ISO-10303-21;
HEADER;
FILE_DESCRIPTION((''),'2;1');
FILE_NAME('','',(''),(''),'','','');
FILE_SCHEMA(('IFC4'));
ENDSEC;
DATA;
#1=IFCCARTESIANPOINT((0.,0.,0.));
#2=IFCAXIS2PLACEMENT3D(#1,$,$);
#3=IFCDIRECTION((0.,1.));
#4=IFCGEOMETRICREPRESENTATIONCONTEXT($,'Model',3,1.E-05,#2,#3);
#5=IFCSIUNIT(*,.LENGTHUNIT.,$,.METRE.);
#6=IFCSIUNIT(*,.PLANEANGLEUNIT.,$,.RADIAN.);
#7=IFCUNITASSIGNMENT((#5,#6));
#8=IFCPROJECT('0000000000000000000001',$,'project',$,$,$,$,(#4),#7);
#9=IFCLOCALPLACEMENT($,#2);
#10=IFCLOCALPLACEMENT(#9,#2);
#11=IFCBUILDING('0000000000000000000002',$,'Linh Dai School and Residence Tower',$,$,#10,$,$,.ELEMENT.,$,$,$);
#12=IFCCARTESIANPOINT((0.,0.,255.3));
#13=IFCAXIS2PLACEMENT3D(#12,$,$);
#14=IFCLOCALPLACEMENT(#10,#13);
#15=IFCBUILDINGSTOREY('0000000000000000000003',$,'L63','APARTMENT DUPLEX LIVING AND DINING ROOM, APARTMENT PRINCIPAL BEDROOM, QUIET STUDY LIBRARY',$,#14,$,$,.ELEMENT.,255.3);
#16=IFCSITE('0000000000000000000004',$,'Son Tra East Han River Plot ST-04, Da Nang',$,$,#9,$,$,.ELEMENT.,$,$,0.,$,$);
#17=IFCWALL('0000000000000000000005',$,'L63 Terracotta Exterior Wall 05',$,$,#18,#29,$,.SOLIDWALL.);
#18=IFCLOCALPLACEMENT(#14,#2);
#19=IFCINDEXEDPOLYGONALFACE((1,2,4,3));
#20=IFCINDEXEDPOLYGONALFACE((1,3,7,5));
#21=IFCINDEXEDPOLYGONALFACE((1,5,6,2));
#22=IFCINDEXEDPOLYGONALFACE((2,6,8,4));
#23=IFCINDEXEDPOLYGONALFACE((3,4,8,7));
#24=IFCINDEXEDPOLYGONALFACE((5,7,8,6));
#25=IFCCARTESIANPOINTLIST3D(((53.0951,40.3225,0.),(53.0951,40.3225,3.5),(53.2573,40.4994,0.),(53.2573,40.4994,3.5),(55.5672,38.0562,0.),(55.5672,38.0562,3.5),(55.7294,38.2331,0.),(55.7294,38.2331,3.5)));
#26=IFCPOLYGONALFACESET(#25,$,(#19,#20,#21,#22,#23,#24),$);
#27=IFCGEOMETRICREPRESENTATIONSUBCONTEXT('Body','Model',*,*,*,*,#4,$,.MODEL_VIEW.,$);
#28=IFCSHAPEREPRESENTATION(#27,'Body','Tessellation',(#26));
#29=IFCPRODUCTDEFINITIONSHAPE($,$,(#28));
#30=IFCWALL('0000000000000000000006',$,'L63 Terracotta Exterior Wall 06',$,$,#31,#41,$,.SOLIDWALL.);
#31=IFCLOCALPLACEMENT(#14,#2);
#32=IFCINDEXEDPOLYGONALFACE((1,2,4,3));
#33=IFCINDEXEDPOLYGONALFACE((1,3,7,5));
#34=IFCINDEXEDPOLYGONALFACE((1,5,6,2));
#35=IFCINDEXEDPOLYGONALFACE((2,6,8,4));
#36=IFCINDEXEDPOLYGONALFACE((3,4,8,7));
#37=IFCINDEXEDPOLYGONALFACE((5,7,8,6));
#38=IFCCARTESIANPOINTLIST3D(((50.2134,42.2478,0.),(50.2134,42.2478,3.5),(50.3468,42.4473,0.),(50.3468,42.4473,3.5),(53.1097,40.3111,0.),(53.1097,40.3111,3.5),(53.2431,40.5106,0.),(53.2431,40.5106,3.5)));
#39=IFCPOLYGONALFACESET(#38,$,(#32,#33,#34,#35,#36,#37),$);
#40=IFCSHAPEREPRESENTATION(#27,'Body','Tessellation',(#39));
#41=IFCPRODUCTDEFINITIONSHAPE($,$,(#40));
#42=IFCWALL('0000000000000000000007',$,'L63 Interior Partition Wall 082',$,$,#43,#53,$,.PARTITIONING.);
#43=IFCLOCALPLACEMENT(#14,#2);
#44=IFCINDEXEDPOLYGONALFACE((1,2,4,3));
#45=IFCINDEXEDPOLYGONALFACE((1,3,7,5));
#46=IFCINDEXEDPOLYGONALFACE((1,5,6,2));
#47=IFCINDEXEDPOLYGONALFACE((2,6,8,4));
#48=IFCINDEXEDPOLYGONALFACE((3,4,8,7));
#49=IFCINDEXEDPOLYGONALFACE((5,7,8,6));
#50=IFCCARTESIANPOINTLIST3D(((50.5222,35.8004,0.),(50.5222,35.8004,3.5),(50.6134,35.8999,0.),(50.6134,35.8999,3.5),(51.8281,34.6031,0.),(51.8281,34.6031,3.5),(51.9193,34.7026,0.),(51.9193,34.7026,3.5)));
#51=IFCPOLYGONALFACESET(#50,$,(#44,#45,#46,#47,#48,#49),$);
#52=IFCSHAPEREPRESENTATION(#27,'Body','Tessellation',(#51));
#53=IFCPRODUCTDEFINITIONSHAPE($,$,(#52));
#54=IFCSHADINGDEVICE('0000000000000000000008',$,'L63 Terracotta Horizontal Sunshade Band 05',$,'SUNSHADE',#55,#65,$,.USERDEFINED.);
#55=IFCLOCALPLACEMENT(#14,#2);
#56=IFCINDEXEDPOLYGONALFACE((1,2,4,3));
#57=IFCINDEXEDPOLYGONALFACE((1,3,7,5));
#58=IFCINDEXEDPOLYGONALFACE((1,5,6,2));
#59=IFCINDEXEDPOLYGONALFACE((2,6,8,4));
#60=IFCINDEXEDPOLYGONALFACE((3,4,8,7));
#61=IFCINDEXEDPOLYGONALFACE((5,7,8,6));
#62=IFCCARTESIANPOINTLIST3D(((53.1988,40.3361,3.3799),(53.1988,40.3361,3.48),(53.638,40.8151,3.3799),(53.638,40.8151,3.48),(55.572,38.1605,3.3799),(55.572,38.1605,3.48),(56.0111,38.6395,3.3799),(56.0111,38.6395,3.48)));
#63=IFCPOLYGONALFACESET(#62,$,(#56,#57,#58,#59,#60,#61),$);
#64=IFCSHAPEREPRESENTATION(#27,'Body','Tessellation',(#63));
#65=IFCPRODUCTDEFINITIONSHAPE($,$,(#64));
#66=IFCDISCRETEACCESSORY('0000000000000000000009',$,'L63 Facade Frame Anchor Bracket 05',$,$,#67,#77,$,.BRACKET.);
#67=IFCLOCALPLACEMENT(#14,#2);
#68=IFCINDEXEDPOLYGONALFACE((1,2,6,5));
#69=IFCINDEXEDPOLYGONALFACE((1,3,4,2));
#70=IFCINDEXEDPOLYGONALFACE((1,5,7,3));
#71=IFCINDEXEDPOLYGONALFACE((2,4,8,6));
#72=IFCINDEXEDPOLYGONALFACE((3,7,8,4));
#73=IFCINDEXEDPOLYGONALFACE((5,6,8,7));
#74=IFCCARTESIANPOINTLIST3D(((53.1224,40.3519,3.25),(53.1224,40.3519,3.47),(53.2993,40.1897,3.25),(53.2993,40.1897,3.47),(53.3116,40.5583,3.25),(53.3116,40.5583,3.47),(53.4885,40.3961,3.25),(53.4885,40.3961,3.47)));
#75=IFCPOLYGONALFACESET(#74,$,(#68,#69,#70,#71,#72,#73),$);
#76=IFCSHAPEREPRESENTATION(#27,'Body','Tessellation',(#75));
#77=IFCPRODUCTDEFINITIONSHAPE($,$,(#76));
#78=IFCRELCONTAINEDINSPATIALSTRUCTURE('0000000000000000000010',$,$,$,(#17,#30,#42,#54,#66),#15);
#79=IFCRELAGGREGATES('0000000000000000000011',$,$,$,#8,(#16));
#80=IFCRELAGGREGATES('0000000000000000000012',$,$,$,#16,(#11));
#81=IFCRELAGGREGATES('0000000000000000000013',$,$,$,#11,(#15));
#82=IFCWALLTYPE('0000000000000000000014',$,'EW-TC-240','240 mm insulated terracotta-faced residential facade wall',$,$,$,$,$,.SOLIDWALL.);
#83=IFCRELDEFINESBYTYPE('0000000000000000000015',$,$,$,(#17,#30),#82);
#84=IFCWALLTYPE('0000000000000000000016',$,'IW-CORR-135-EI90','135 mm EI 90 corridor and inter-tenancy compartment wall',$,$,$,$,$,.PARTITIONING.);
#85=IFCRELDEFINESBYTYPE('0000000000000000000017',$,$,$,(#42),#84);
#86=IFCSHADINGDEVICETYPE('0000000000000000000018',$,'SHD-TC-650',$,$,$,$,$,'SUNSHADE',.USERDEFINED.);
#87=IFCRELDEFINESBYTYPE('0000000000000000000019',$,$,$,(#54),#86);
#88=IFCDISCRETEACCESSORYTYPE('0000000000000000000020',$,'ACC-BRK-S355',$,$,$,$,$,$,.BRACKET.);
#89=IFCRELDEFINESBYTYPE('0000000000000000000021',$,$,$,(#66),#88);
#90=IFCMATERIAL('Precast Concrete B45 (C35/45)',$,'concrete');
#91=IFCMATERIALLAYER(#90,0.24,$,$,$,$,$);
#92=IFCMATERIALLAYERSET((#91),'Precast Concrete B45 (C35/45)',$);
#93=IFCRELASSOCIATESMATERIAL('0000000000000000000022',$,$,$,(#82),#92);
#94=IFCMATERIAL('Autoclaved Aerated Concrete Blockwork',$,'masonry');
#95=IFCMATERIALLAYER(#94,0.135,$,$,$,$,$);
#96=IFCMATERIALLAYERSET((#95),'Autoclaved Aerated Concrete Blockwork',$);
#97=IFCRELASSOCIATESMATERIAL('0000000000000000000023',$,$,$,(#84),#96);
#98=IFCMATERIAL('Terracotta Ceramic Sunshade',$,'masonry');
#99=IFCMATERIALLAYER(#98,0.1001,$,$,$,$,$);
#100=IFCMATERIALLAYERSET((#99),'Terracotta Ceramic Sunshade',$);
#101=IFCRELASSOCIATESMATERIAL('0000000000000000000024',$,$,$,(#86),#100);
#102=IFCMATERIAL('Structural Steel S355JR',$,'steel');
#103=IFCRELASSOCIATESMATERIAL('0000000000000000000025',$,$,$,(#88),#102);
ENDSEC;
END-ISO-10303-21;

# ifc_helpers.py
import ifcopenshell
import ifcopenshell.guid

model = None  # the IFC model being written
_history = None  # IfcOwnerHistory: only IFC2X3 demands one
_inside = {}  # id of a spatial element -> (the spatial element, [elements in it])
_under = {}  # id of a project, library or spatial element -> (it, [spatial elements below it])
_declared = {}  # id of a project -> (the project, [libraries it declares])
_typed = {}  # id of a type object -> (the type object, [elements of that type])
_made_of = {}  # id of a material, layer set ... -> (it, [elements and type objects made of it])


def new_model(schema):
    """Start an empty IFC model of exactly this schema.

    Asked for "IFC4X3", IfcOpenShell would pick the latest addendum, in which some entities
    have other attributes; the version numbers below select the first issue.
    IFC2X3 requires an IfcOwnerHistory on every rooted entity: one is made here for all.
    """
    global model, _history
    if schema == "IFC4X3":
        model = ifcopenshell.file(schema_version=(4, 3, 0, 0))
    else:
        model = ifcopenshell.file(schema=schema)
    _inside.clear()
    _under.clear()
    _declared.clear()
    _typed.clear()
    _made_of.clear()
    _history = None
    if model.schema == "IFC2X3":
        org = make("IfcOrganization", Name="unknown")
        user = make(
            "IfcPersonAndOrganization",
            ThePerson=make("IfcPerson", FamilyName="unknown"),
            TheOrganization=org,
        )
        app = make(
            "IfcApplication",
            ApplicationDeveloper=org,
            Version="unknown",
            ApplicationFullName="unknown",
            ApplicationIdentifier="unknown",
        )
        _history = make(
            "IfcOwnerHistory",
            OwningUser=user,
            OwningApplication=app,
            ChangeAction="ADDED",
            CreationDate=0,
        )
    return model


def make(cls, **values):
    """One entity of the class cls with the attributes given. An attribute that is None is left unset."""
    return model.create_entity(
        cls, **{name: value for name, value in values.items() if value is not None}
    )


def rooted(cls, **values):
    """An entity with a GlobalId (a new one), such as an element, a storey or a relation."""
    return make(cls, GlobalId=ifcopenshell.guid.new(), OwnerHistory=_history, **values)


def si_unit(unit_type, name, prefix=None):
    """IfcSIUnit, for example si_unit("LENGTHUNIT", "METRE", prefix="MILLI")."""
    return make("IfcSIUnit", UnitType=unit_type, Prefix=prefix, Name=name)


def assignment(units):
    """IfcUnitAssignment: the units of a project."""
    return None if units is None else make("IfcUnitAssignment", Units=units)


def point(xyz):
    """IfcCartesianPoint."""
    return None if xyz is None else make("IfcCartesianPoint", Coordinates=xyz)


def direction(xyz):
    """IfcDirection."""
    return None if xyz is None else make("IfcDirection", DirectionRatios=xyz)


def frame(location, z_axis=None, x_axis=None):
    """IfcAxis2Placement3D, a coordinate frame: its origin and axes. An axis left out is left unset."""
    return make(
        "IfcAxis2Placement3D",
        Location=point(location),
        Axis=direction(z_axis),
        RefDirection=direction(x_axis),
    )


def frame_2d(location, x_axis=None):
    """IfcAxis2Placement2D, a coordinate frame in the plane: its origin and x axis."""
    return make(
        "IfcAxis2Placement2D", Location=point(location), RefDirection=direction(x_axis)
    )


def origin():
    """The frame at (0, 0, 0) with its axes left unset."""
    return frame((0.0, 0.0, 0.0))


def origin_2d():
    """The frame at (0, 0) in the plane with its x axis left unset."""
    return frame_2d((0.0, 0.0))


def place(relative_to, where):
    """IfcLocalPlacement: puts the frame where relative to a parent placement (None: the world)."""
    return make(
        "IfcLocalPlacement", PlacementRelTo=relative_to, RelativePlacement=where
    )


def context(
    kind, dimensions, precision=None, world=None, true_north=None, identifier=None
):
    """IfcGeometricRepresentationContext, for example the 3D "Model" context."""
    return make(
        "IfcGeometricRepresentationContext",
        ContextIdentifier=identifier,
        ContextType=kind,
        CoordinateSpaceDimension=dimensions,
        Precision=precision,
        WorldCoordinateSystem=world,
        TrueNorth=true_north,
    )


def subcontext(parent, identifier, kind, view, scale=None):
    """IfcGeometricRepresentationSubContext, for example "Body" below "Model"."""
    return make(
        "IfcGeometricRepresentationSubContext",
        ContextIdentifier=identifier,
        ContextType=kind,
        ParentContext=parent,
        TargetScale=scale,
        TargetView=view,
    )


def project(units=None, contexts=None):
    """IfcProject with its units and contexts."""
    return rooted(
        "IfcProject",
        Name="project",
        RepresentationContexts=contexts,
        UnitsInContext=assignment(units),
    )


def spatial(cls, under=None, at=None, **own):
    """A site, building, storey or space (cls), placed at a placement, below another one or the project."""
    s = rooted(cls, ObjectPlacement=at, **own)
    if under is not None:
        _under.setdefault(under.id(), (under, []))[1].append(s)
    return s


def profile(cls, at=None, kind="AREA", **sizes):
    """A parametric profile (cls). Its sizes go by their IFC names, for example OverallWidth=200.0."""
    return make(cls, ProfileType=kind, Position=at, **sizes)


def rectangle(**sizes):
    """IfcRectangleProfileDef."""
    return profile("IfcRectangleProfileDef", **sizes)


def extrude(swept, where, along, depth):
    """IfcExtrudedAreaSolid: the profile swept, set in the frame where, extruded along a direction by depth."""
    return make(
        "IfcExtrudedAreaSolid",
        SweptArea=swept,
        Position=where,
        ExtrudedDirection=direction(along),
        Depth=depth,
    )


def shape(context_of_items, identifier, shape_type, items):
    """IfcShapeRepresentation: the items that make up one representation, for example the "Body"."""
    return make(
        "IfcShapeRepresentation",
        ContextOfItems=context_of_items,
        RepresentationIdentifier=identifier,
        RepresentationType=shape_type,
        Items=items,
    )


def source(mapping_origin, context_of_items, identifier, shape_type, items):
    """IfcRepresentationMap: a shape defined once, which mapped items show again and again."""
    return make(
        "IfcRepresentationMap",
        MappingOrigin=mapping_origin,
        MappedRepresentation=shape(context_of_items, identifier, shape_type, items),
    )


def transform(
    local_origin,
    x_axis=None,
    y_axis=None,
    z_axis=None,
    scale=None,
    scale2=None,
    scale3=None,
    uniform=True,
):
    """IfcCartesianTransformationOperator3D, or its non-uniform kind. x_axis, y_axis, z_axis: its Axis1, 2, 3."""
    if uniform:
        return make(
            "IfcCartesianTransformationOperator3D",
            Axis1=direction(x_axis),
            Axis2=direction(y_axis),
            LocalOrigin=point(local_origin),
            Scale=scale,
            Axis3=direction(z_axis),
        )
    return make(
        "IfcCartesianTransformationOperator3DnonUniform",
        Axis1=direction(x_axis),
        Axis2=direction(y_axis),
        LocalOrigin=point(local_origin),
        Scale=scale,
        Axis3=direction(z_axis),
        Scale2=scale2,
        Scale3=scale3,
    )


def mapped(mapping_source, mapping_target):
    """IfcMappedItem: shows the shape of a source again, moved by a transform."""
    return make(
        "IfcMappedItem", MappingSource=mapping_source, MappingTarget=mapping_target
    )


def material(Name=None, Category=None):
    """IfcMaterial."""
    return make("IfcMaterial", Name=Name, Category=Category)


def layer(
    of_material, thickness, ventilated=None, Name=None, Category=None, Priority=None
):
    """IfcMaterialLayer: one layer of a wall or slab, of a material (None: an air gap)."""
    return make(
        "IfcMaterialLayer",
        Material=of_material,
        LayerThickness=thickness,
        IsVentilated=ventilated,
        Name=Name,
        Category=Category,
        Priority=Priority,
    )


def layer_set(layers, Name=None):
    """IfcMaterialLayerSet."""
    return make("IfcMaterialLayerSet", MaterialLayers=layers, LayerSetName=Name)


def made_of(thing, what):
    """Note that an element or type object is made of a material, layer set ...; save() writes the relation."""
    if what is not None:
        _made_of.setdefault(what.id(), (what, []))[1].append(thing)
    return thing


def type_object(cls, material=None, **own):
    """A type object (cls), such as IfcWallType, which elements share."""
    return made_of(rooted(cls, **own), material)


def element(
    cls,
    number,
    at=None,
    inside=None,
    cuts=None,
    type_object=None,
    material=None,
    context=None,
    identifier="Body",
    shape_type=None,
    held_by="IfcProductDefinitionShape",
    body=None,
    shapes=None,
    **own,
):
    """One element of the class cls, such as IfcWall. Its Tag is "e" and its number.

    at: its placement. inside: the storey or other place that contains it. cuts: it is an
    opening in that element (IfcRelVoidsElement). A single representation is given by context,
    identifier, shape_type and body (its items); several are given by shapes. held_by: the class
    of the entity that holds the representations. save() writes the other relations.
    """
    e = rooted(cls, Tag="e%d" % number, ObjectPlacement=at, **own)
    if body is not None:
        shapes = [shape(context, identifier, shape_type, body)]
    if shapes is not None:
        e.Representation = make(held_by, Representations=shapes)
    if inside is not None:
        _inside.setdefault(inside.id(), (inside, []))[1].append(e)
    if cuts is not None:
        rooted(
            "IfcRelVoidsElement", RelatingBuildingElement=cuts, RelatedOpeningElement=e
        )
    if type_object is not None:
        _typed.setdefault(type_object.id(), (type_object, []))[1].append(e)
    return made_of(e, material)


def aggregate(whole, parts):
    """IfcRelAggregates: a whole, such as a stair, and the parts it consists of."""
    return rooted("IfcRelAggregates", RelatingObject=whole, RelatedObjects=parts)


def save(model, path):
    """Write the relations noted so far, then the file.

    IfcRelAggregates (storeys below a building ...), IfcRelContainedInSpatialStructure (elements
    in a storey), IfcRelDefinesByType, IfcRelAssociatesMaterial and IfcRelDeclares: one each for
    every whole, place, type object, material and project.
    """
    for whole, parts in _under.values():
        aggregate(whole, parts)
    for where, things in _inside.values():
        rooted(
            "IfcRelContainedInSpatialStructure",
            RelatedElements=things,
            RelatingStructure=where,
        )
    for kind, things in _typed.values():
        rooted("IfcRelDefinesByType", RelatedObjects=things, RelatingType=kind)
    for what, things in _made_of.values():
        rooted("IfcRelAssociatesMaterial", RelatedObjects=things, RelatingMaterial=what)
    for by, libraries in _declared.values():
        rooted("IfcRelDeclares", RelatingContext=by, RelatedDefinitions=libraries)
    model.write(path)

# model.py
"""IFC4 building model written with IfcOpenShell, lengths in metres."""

from ifc_helpers import new_model, si_unit, direction, frame, frame_2d, origin, origin_2d, place, context, subcontext, project, spatial, rectangle, extrude, source, transform, mapped, material, layer, layer_set, type_object, element, save


model = new_model("IFC4")

# Units and contexts
model_context = context("Model", 3, precision=1e-05, world=origin(), true_north=direction((0.0, 1.0)))
body_context = subcontext(model_context, "Body", "Model", "MODEL_VIEW")
ifc_project = project(units=[si_unit("LENGTHUNIT", "METRE"), si_unit("PLANEANGLEUNIT", "RADIAN")], contexts=[model_context])

# Site, building, storey
site_placement = place(None, origin())
site = spatial("IfcSite", under=ifc_project, at=site_placement, Name="Son Tra East Han River Plot ST-04, Da Nang", CompositionType="ELEMENT", RefElevation=0.0)
building_placement = place(site_placement, origin())
building = spatial("IfcBuilding", under=site, at=building_placement, Name="Linh Dai School and Residence Tower", CompositionType="ELEMENT")
storey_placement = place(building_placement, frame((0.0, 0.0, 255.3)))
storey = spatial("IfcBuildingStorey", under=building, at=storey_placement, Name="L63", Description="APARTMENT DUPLEX LIVING AND DINING ROOM, APARTMENT PRINCIPAL BEDROOM, QUIET STUDY LIBRARY", CompositionType="ELEMENT", Elevation=255.3)

# Shared definitions
ifc_material_1 = material(Name="Structural Steel S355JR", Category="steel")

# Shared definitions
ifc_material_2 = material(Name="Precast Concrete B45 (C35/45)", Category="concrete")

# Shared definitions
ifc_layer_1 = layer(ifc_material_2, 0.24)
ifc_layer_set_1 = layer_set([ifc_layer_1], Name="Precast Concrete B45 (C35/45)")
wall_type_1 = type_object("IfcWallType", Name="EW-TC-240", Description="240 mm insulated terracotta-faced residential facade wall", PredefinedType="SOLIDWALL", material=ifc_layer_set_1)

# Walls
wall_1_placement = place(storey_placement, frame((53.1763, 40.4109, 0.0), z_axis=(0.0, 0.0, 1.0), x_axis=(0.737124, -0.675758, 0.0)))
element("IfcWall", 1, at=wall_1_placement, inside=storey, type_object=wall_type_1, Name="L63 Terracotta Exterior Wall 05", PredefinedType="SOLIDWALL", context=body_context, shape_type="SweptSolid", body=[
    extrude(rectangle(XDim=3.3538, YDim=0.24, at=frame_2d((1.6768, 0.0))), origin(), (0.0, 0.0, 1.0), 3.5),
])
wall_2_placement = place(storey_placement, frame((50.28, 42.3477, 0.0), z_axis=(0.0, 0.0, 1.0), x_axis=(0.831262, -0.55588, 0.0)))
element("IfcWall", 2, at=wall_2_placement, inside=storey, type_object=wall_type_1, Name="L63 Terracotta Exterior Wall 06", PredefinedType="SOLIDWALL", context=body_context, shape_type="SweptSolid", body=[
    extrude(rectangle(XDim=3.4841, YDim=0.24, at=frame_2d((1.7422, 0.0))), origin(), (0.0, 0.0, 1.0), 3.5),
])
ifc_material_3 = material(Name="Autoclaved Aerated Concrete Blockwork", Category="masonry")
ifc_layer_2 = layer(ifc_material_3, 0.135)
ifc_layer_set_2 = layer_set([ifc_layer_2], Name="Autoclaved Aerated Concrete Blockwork")
wall_type_2 = type_object("IfcWallType", Name="IW-CORR-135-EI90", Description="135 mm EI 90 corridor and inter-tenancy compartment wall", PredefinedType="PARTITIONING", material=ifc_layer_set_2)
wall_3_placement = place(storey_placement, frame((50.5679, 35.8501, 0.0), z_axis=(0.0, 0.0, 1.0), x_axis=(0.737103, -0.675781, 0.0)))
element("IfcWall", 3, at=wall_3_placement, inside=storey, type_object=wall_type_2, Name="L63 Interior Partition Wall 082", PredefinedType="PARTITIONING", context=body_context, shape_type="SweptSolid", body=[
    extrude(rectangle(XDim=1.7717, YDim=0.135, at=frame_2d((0.8857, 0.0))), origin(), (0.0, 0.0, 1.0), 3.5),
])

# Shading device
ifc_material_4 = material(Name="Terracotta Ceramic Sunshade", Category="masonry")
ifc_layer_3 = layer(ifc_material_4, 0.1001)
ifc_layer_set_3 = layer_set([ifc_layer_3], Name="Terracotta Ceramic Sunshade")
shading_device_type = type_object("IfcShadingDeviceType", Name="SHD-TC-650", ElementType="SUNSHADE", PredefinedType="USERDEFINED", material=ifc_layer_set_3)
shared_shape_1 = source(origin(), body_context, "Body", "SweptSolid", [
    extrude(rectangle(XDim=3.2195, YDim=0.6499, at=origin_2d()), origin(), (0.0, 0.0, 1.0), 0.1001),
])
shading_device_placement = place(storey_placement, frame((54.605, 39.4878, 3.3799), z_axis=(0.0, 0.0, 1.0), x_axis=(0.737124, -0.675758, 0.0)))
element("IfcShadingDevice", 4, at=shading_device_placement, inside=storey, type_object=shading_device_type, Name="L63 Terracotta Horizontal Sunshade Band 05", ObjectType="SUNSHADE", PredefinedType="USERDEFINED", context=body_context, shape_type="MappedRepresentation", body=[
    mapped(shared_shape_1, transform((0.0, 0.0, 0.0), x_axis=(1.0, 0.0, 0.0), y_axis=(0.0, 1.0, 0.0), z_axis=(0.0, 0.0, 1.0), scale=1.0)),
])

# Discrete accessory
discrete_accessory_type = type_object("IfcDiscreteAccessoryType", Name="ACC-BRK-S355", PredefinedType="BRACKET", material=ifc_material_1)
shared_shape_2 = source(origin(), body_context, "Body", "SweptSolid", [
    extrude(rectangle(XDim=0.28, YDim=0.24, at=origin_2d()), origin(), (0.0, 0.0, 1.0), 0.22),
])
discrete_accessory_placement = place(storey_placement, frame((53.3054, 40.374, 3.25), z_axis=(0.0, 0.0, 1.0), x_axis=(0.675758, 0.737124, 0.0)))
element("IfcDiscreteAccessory", 5, at=discrete_accessory_placement, inside=storey, type_object=discrete_accessory_type, Name="L63 Facade Frame Anchor Bracket 05", PredefinedType="BRACKET", context=body_context, shape_type="MappedRepresentation", body=[
    mapped(shared_shape_2, transform((0.0, 0.0, 0.0), x_axis=(1.0, 0.0, 0.0), y_axis=(0.0, 1.0, 0.0), z_axis=(0.0, 0.0, 1.0), scale=1.0)),
])

save(model, "model.ifc")
